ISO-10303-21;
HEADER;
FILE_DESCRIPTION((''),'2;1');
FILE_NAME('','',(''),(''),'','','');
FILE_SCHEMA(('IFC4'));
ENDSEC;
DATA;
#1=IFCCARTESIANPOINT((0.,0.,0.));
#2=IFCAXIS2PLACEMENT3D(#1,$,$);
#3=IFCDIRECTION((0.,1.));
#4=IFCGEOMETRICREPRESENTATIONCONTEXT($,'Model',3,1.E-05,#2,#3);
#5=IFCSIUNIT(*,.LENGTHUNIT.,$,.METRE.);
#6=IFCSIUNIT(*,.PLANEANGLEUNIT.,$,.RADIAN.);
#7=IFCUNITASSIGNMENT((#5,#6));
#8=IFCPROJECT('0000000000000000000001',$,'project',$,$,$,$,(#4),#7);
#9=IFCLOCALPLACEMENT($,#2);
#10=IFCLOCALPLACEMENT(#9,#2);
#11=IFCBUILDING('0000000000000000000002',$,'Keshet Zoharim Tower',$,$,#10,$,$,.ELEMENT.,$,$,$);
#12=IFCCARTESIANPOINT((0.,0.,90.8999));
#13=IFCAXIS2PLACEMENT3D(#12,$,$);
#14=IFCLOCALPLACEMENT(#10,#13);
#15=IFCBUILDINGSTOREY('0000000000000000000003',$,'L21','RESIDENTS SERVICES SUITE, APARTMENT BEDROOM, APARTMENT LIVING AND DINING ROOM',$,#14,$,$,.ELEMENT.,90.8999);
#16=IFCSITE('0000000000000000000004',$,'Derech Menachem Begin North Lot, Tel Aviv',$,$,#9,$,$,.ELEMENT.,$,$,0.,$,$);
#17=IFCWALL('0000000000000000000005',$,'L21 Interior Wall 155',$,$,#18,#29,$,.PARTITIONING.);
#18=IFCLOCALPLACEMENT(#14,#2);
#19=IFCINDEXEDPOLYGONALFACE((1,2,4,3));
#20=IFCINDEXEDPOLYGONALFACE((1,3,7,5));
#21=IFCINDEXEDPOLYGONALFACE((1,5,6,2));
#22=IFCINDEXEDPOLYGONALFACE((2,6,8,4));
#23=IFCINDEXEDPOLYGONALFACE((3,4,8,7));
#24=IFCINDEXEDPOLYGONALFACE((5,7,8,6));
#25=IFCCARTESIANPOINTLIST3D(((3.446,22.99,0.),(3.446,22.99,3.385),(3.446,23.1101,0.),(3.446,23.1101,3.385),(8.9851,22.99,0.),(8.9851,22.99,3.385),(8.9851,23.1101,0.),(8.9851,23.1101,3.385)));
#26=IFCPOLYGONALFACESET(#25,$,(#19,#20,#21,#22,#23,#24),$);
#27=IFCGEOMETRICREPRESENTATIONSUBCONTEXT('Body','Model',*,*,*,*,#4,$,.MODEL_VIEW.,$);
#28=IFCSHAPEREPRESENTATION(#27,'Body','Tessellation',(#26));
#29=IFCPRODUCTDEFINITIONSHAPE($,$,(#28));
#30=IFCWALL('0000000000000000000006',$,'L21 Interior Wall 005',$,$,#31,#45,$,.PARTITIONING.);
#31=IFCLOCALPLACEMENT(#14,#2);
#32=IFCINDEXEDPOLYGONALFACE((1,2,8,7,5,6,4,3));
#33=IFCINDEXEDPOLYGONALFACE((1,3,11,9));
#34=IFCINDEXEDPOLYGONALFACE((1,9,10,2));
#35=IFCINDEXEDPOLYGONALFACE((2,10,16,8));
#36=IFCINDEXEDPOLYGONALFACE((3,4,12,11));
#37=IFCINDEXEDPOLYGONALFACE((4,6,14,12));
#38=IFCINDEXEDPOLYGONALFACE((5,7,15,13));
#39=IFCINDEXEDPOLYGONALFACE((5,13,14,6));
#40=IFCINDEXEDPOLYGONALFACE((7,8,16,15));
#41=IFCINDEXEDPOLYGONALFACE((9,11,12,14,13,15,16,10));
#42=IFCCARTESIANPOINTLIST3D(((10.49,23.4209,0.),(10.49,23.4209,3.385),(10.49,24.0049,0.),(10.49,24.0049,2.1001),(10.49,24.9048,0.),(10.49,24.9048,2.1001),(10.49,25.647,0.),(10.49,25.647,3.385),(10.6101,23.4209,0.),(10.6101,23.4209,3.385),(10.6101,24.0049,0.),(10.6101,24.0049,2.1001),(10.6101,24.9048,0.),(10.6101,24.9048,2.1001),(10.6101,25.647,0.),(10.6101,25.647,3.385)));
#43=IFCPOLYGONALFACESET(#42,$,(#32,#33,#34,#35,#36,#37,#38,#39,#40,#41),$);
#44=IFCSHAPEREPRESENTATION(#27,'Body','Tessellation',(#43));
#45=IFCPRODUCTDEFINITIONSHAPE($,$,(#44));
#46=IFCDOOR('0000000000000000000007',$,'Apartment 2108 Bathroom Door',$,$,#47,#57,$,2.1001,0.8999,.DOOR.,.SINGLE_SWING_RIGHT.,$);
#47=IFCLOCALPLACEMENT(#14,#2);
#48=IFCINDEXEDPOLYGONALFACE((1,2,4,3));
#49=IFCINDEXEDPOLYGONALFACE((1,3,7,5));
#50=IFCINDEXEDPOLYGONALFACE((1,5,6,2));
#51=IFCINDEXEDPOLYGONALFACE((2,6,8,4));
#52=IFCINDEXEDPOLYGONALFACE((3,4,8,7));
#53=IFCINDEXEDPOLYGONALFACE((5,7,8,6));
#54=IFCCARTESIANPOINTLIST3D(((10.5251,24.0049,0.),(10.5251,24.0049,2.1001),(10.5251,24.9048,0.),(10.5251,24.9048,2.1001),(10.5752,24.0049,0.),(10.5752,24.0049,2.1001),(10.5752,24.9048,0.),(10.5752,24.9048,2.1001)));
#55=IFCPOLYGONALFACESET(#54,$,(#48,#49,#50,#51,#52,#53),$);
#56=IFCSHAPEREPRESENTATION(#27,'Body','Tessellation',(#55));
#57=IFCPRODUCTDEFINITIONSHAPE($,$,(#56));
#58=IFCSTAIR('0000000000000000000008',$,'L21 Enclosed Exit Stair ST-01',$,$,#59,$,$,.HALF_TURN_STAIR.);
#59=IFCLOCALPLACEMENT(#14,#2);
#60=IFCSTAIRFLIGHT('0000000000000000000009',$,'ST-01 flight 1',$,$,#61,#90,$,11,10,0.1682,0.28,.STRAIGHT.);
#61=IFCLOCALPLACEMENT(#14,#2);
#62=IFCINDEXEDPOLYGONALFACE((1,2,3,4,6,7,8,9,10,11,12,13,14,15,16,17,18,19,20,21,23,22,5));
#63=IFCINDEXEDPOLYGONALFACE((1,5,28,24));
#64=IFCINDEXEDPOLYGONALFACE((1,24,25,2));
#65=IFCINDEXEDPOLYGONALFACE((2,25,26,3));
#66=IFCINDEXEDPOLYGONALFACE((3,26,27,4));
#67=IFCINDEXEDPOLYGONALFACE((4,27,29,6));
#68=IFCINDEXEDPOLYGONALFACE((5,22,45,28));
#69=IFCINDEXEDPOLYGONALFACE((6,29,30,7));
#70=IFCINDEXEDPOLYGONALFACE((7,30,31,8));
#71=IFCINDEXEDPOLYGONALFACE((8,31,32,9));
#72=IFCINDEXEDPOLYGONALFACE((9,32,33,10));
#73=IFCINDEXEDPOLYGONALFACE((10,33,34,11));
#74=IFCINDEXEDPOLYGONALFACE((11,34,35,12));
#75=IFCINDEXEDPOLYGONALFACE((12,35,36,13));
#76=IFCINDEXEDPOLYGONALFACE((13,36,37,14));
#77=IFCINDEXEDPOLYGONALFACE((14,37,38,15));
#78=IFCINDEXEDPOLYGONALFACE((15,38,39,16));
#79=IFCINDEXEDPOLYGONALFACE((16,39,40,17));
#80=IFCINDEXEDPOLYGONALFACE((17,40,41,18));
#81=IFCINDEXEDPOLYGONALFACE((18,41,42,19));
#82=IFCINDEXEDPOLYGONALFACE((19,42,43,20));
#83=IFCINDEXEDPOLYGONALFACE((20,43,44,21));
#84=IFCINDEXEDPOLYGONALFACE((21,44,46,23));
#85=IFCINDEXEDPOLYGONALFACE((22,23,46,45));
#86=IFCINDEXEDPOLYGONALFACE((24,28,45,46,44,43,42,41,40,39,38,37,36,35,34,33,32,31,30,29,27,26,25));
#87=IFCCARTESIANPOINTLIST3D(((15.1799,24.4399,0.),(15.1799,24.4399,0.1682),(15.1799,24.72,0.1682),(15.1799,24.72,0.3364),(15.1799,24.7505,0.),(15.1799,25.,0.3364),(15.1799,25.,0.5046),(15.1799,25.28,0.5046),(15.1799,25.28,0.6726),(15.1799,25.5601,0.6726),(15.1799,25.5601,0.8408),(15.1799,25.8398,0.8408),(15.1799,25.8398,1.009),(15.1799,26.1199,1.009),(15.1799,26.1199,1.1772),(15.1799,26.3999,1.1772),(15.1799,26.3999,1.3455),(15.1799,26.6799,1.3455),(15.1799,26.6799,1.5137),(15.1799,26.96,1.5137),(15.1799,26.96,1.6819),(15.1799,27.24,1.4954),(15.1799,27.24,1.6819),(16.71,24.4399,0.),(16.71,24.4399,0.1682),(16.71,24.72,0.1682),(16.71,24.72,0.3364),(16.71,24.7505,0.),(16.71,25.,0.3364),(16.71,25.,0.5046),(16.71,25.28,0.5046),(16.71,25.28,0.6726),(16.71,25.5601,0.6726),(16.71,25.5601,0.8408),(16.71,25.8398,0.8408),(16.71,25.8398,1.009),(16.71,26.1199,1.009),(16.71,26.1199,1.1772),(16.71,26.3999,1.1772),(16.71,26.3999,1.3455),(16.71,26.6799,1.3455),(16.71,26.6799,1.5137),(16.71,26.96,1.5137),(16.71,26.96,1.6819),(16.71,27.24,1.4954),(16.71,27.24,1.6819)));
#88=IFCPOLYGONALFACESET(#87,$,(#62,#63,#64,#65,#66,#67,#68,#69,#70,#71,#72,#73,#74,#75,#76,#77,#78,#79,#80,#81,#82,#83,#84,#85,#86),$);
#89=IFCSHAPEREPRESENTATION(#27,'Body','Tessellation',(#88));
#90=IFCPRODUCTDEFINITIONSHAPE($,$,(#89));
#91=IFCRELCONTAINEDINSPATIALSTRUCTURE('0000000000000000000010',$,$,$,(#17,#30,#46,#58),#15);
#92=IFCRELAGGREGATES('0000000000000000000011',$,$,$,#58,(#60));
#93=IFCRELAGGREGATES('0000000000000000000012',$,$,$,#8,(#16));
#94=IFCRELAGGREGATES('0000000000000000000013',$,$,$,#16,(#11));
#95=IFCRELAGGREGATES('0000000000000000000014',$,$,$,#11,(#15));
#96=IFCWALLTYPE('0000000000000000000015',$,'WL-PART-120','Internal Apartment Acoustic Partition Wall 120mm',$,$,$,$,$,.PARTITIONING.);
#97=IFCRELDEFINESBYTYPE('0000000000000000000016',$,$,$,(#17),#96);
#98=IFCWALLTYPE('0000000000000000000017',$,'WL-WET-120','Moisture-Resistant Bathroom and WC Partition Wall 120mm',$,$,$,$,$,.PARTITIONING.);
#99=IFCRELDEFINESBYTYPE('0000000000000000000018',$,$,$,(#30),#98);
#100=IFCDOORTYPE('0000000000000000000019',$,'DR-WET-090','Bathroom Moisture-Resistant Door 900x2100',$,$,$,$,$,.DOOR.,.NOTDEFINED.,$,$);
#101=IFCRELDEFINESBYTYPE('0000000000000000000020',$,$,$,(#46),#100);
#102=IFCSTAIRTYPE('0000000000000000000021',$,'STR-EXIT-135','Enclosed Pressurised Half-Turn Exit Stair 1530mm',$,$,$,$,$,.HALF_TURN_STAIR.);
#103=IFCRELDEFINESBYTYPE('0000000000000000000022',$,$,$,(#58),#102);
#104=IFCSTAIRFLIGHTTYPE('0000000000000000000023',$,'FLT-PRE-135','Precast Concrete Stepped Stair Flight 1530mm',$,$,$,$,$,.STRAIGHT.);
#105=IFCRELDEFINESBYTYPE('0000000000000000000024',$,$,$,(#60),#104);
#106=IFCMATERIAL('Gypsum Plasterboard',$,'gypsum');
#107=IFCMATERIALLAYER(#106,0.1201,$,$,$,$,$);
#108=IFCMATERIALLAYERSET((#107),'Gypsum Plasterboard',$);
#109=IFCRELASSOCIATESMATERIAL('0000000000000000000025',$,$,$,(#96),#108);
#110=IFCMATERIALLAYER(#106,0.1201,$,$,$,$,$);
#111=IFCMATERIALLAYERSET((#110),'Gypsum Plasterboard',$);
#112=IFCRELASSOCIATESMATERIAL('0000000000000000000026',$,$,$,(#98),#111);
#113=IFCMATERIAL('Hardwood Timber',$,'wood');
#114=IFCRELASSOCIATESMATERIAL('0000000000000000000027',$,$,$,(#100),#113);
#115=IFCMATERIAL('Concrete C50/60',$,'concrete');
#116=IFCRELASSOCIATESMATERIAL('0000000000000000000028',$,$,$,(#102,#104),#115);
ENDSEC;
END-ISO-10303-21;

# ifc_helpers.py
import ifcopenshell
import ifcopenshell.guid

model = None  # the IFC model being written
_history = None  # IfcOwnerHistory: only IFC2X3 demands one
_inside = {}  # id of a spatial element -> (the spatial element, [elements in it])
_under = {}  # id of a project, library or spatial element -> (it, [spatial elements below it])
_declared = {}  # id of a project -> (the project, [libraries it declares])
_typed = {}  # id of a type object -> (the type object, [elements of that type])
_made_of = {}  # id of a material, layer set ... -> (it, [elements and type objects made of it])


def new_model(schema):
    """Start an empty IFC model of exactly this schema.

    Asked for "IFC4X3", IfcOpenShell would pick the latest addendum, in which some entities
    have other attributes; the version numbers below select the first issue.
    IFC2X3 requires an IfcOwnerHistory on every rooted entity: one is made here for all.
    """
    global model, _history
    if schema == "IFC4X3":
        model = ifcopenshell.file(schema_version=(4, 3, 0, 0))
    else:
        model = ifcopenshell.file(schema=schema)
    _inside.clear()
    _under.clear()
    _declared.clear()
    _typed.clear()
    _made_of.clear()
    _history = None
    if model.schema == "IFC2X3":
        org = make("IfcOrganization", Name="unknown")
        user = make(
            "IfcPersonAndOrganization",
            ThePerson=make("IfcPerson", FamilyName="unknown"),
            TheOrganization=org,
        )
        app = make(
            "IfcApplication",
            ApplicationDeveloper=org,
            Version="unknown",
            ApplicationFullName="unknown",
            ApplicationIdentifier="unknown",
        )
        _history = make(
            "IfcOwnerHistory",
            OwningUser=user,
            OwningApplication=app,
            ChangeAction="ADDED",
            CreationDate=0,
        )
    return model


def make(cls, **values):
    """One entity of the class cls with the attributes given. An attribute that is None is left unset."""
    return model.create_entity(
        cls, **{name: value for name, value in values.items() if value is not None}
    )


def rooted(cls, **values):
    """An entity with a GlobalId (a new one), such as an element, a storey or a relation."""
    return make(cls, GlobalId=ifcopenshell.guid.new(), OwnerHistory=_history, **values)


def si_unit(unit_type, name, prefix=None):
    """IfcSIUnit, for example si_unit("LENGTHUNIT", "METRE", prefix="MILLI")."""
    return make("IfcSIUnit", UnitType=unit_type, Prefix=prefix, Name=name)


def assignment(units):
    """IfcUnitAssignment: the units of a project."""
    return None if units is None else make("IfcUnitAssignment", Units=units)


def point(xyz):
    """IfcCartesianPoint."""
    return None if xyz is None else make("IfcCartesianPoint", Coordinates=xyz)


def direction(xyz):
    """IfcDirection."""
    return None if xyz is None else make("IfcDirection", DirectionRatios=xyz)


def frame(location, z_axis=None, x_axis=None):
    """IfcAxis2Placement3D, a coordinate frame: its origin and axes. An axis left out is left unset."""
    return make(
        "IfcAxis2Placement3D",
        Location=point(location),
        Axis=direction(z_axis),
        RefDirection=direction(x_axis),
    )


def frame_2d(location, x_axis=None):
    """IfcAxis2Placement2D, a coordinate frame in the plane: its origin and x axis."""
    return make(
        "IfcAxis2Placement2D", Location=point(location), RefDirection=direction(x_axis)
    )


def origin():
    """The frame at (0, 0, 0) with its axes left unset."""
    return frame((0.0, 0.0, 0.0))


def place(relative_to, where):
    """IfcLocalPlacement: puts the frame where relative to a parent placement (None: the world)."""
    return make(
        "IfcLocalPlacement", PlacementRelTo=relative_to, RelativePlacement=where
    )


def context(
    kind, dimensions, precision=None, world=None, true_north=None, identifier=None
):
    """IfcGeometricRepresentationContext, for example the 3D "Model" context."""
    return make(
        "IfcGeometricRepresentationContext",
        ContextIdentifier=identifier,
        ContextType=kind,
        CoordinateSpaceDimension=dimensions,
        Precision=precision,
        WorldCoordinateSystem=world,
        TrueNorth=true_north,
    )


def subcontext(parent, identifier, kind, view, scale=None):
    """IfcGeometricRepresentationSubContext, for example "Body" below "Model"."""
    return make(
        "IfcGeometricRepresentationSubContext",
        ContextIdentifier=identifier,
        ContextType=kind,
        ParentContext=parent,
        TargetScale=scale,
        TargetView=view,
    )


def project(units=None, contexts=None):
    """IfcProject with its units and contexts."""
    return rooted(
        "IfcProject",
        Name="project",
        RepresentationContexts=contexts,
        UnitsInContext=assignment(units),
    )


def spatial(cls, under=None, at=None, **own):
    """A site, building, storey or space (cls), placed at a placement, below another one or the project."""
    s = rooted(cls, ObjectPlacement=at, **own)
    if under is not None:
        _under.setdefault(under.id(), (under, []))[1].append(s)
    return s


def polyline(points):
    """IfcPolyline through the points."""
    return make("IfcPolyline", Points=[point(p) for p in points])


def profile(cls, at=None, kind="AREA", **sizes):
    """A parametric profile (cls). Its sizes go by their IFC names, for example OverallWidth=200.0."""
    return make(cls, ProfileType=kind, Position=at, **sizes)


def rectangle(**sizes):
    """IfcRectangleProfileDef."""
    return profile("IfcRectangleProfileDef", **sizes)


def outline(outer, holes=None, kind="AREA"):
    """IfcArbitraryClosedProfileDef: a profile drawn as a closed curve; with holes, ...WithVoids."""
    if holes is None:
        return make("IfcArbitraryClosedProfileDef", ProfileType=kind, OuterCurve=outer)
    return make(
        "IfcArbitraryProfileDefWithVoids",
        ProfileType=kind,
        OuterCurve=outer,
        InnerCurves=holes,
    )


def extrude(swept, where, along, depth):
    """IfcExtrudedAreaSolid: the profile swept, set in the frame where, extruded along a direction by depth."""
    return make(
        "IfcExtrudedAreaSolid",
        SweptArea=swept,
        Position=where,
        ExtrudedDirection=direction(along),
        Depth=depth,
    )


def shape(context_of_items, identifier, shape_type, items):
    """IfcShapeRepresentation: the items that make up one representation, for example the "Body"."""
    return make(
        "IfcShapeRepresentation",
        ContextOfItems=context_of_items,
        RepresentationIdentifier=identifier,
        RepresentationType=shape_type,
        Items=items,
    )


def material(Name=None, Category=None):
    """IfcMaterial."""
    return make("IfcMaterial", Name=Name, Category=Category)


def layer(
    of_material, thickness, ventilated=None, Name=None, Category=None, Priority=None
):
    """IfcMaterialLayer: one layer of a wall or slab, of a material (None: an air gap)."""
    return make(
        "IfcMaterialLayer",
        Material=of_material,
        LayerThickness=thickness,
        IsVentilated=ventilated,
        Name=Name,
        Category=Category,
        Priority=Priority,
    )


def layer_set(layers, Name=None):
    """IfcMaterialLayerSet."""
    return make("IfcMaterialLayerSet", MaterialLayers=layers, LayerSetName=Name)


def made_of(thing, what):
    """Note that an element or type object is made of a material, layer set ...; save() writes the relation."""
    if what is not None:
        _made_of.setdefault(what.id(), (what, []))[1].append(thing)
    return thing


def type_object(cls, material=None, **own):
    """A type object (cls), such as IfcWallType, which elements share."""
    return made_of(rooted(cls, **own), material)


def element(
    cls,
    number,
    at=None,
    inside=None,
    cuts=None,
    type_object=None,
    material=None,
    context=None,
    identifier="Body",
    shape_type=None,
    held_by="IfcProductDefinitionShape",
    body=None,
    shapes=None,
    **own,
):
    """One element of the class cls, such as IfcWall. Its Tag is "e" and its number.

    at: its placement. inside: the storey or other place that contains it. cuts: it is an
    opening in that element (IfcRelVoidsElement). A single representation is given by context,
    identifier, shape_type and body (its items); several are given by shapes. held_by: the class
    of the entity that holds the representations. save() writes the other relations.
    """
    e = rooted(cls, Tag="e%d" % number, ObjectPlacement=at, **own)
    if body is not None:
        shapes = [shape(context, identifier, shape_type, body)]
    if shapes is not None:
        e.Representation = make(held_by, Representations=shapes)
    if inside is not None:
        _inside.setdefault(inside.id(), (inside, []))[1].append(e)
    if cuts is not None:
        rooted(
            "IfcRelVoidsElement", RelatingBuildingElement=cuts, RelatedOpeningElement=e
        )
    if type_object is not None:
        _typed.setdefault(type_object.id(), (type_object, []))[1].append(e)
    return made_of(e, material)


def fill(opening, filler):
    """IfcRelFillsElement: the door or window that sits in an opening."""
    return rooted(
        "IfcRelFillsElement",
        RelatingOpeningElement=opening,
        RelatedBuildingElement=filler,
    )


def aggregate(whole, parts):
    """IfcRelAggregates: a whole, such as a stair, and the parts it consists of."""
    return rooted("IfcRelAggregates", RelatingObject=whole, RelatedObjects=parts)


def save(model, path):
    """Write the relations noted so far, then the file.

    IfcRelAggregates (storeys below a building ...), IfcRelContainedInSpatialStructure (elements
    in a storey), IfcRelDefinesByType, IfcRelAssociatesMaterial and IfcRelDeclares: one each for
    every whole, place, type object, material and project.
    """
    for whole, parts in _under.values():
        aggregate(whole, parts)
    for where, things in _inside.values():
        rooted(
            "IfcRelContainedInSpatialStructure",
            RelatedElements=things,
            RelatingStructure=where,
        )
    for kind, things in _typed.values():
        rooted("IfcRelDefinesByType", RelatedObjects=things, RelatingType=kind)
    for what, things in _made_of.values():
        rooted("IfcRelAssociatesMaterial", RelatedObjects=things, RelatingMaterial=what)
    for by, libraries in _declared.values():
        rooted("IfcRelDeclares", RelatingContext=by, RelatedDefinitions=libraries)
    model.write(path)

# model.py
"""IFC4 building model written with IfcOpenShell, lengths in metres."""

from ifc_helpers import new_model, si_unit, direction, frame, frame_2d, origin, place, context, subcontext, project, spatial, polyline, rectangle, outline, extrude, material, layer, layer_set, type_object, element, fill, aggregate, save


model = new_model("IFC4")

# Units and contexts
model_context = context("Model", 3, precision=1e-05, world=origin(), true_north=direction((0.0, 1.0)))
body_context = subcontext(model_context, "Body", "Model", "MODEL_VIEW")
ifc_project = project(units=[si_unit("LENGTHUNIT", "METRE"), si_unit("PLANEANGLEUNIT", "RADIAN")], contexts=[model_context])

# Site, building, storey
site_placement = place(None, origin())
site = spatial("IfcSite", under=ifc_project, at=site_placement, Name="Derech Menachem Begin North Lot, Tel Aviv", CompositionType="ELEMENT", RefElevation=0.0)
building_placement = place(site_placement, origin())
building = spatial("IfcBuilding", under=site, at=building_placement, Name="Keshet Zoharim Tower", CompositionType="ELEMENT")
storey_placement = place(building_placement, frame((0.0, 0.0, 90.8999)))
storey = spatial("IfcBuildingStorey", under=building, at=storey_placement, Name="L21", Description="RESIDENTS SERVICES SUITE, APARTMENT BEDROOM, APARTMENT LIVING AND DINING ROOM", CompositionType="ELEMENT", Elevation=90.8999)

# Shared definitions
ifc_material_1 = material(Name="Hardwood Timber", Category="wood")

# Shared definitions
ifc_material_2 = material(Name="Gypsum Plasterboard", Category="gypsum")

# Shared definitions
ifc_material_3 = material(Name="Concrete C50/60", Category="concrete")

# Wall
ifc_layer_1 = layer(ifc_material_2, 0.1201)
ifc_layer_set_1 = layer_set([ifc_layer_1], Name="Gypsum Plasterboard")
wall_type_1 = type_object("IfcWallType", Name="WL-PART-120", Description="Internal Apartment Acoustic Partition Wall 120mm", PredefinedType="PARTITIONING", material=ifc_layer_set_1)
wall_1_placement = place(storey_placement, frame((3.446, 23.05, 0.0), z_axis=(0.0, 0.0, 1.0), x_axis=(1.0, 0.0, 0.0)))
element("IfcWall", 1, at=wall_1_placement, inside=storey, type_object=wall_type_1, Name="L21 Interior Wall 155", PredefinedType="PARTITIONING", context=body_context, shape_type="SweptSolid", body=[
    extrude(rectangle(XDim=5.5391, YDim=0.1201, at=frame_2d((2.7695, 0.0))), origin(), (0.0, 0.0, 1.0), 3.385),
])

# Wall, opening, door
ifc_layer_2 = layer(ifc_material_2, 0.1201)
ifc_layer_set_2 = layer_set([ifc_layer_2], Name="Gypsum Plasterboard")
wall_type_2 = type_object("IfcWallType", Name="WL-WET-120", Description="Moisture-Resistant Bathroom and WC Partition Wall 120mm", PredefinedType="PARTITIONING", material=ifc_layer_set_2)
wall_2_placement = place(storey_placement, frame((10.55, 23.4209, 0.0), z_axis=(0.0, 0.0, 1.0), x_axis=(0.0, 1.0, 0.0)))
wall_2 = element("IfcWall", 2, at=wall_2_placement, inside=storey, type_object=wall_type_2, Name="L21 Interior Wall 005", PredefinedType="PARTITIONING", context=body_context, shape_type="SweptSolid", body=[
    extrude(rectangle(XDim=2.2261, YDim=0.1201, at=frame_2d((1.113, 0.0))), origin(), (0.0, 0.0, 1.0), 3.385),
])
opening_1_placement = place(wall_2_placement, frame((0.584, 0.0, 0.0)))
opening_1 = element("IfcOpeningElement", 3, at=opening_1_placement, cuts=wall_2, PredefinedType="OPENING", context=body_context, shape_type="SweptSolid", body=[
    extrude(rectangle(XDim=0.8999, YDim=2.1001, at=frame_2d((0.45, 1.05))), frame((0.0, 0.0701, 0.0), z_axis=(0.0, -1.0, 0.0), x_axis=(1.0, 0.0, 0.0)), (0.0, 0.0, 1.0), 0.1401),
])
door_type_1 = type_object("IfcDoorType", Name="DR-WET-090", Description="Bathroom Moisture-Resistant Door 900x2100", OperationType="NOTDEFINED", PredefinedType="DOOR", material=ifc_material_1)
door_1_placement = place(opening_1_placement, origin())
door_1 = element("IfcDoor", 4, at=door_1_placement, inside=storey, type_object=door_type_1, Name="Apartment 2108 Bathroom Door", OperationType="SINGLE_SWING_RIGHT", OverallHeight=2.1001, OverallWidth=0.8999, PredefinedType="DOOR", context=body_context, shape_type="SweptSolid", body=[
    extrude(rectangle(XDim=0.8999, YDim=2.1001, at=frame_2d((0.45, 1.05))), frame((0.0, 0.0249, 0.0), z_axis=(0.0, -1.0, 0.0), x_axis=(1.0, 0.0, 0.0)), (0.0, 0.0, 1.0), 0.05),
])
fill(opening_1, door_1)

# Stair, stair flight
stair_type = type_object("IfcStairType", Name="STR-EXIT-135", Description="Enclosed Pressurised Half-Turn Exit Stair 1530mm", PredefinedType="HALF_TURN_STAIR", material=ifc_material_3)
stair_placement = place(storey_placement, origin())
stair = element("IfcStair", 5, at=stair_placement, inside=storey, type_object=stair_type, Name="L21 Enclosed Exit Stair ST-01", PredefinedType="HALF_TURN_STAIR")
stair_flight_type = type_object("IfcStairFlightType", Name="FLT-PRE-135", Description="Precast Concrete Stepped Stair Flight 1530mm", PredefinedType="STRAIGHT", material=ifc_material_3)
stair_flight_placement = place(storey_placement, frame((15.9451, 24.4399, 0.0), z_axis=(0.0, 0.0, 1.0), x_axis=(0.0, 1.0, 0.0)))
stair_flight = element("IfcStairFlight", 6, at=stair_flight_placement, type_object=stair_flight_type, Name="ST-01 flight 1", NumberOfRisers=11, NumberOfTreads=10, PredefinedType="STRAIGHT", RiserHeight=0.1682, TreadLength=0.28, context=body_context, shape_type="SweptSolid", body=[
    extrude(outline(polyline([(0.0, 0.0), (0.0, 0.1682), (0.28, 0.1682), (0.28, 0.3364), (0.5601, 0.3364), (0.5601, 0.5046), (0.8401, 0.5046), (0.8401, 0.6726), (1.1201, 0.6726), (1.1201, 0.8408), (1.3999, 0.8408), (1.3999, 1.009), (1.6799, 1.009), (1.6799, 1.1772), (1.96, 1.1772), (1.96, 1.3455), (2.24, 1.3455), (2.24, 1.5137), (2.52, 1.5137), (2.52, 1.6819), (2.8, 1.6819), (2.8, 1.8501), (2.8, 1.4954), (0.3105, 0.0), (0.0, 0.0)])), frame((0.0, 0.7651, 0.0), z_axis=(0.0, -1.0, 0.0), x_axis=(1.0, 0.0, 0.0)), (0.0, 0.0, 1.0), 1.53),
])
aggregate(stair, [stair_flight])

save(model, "model.ifc")
